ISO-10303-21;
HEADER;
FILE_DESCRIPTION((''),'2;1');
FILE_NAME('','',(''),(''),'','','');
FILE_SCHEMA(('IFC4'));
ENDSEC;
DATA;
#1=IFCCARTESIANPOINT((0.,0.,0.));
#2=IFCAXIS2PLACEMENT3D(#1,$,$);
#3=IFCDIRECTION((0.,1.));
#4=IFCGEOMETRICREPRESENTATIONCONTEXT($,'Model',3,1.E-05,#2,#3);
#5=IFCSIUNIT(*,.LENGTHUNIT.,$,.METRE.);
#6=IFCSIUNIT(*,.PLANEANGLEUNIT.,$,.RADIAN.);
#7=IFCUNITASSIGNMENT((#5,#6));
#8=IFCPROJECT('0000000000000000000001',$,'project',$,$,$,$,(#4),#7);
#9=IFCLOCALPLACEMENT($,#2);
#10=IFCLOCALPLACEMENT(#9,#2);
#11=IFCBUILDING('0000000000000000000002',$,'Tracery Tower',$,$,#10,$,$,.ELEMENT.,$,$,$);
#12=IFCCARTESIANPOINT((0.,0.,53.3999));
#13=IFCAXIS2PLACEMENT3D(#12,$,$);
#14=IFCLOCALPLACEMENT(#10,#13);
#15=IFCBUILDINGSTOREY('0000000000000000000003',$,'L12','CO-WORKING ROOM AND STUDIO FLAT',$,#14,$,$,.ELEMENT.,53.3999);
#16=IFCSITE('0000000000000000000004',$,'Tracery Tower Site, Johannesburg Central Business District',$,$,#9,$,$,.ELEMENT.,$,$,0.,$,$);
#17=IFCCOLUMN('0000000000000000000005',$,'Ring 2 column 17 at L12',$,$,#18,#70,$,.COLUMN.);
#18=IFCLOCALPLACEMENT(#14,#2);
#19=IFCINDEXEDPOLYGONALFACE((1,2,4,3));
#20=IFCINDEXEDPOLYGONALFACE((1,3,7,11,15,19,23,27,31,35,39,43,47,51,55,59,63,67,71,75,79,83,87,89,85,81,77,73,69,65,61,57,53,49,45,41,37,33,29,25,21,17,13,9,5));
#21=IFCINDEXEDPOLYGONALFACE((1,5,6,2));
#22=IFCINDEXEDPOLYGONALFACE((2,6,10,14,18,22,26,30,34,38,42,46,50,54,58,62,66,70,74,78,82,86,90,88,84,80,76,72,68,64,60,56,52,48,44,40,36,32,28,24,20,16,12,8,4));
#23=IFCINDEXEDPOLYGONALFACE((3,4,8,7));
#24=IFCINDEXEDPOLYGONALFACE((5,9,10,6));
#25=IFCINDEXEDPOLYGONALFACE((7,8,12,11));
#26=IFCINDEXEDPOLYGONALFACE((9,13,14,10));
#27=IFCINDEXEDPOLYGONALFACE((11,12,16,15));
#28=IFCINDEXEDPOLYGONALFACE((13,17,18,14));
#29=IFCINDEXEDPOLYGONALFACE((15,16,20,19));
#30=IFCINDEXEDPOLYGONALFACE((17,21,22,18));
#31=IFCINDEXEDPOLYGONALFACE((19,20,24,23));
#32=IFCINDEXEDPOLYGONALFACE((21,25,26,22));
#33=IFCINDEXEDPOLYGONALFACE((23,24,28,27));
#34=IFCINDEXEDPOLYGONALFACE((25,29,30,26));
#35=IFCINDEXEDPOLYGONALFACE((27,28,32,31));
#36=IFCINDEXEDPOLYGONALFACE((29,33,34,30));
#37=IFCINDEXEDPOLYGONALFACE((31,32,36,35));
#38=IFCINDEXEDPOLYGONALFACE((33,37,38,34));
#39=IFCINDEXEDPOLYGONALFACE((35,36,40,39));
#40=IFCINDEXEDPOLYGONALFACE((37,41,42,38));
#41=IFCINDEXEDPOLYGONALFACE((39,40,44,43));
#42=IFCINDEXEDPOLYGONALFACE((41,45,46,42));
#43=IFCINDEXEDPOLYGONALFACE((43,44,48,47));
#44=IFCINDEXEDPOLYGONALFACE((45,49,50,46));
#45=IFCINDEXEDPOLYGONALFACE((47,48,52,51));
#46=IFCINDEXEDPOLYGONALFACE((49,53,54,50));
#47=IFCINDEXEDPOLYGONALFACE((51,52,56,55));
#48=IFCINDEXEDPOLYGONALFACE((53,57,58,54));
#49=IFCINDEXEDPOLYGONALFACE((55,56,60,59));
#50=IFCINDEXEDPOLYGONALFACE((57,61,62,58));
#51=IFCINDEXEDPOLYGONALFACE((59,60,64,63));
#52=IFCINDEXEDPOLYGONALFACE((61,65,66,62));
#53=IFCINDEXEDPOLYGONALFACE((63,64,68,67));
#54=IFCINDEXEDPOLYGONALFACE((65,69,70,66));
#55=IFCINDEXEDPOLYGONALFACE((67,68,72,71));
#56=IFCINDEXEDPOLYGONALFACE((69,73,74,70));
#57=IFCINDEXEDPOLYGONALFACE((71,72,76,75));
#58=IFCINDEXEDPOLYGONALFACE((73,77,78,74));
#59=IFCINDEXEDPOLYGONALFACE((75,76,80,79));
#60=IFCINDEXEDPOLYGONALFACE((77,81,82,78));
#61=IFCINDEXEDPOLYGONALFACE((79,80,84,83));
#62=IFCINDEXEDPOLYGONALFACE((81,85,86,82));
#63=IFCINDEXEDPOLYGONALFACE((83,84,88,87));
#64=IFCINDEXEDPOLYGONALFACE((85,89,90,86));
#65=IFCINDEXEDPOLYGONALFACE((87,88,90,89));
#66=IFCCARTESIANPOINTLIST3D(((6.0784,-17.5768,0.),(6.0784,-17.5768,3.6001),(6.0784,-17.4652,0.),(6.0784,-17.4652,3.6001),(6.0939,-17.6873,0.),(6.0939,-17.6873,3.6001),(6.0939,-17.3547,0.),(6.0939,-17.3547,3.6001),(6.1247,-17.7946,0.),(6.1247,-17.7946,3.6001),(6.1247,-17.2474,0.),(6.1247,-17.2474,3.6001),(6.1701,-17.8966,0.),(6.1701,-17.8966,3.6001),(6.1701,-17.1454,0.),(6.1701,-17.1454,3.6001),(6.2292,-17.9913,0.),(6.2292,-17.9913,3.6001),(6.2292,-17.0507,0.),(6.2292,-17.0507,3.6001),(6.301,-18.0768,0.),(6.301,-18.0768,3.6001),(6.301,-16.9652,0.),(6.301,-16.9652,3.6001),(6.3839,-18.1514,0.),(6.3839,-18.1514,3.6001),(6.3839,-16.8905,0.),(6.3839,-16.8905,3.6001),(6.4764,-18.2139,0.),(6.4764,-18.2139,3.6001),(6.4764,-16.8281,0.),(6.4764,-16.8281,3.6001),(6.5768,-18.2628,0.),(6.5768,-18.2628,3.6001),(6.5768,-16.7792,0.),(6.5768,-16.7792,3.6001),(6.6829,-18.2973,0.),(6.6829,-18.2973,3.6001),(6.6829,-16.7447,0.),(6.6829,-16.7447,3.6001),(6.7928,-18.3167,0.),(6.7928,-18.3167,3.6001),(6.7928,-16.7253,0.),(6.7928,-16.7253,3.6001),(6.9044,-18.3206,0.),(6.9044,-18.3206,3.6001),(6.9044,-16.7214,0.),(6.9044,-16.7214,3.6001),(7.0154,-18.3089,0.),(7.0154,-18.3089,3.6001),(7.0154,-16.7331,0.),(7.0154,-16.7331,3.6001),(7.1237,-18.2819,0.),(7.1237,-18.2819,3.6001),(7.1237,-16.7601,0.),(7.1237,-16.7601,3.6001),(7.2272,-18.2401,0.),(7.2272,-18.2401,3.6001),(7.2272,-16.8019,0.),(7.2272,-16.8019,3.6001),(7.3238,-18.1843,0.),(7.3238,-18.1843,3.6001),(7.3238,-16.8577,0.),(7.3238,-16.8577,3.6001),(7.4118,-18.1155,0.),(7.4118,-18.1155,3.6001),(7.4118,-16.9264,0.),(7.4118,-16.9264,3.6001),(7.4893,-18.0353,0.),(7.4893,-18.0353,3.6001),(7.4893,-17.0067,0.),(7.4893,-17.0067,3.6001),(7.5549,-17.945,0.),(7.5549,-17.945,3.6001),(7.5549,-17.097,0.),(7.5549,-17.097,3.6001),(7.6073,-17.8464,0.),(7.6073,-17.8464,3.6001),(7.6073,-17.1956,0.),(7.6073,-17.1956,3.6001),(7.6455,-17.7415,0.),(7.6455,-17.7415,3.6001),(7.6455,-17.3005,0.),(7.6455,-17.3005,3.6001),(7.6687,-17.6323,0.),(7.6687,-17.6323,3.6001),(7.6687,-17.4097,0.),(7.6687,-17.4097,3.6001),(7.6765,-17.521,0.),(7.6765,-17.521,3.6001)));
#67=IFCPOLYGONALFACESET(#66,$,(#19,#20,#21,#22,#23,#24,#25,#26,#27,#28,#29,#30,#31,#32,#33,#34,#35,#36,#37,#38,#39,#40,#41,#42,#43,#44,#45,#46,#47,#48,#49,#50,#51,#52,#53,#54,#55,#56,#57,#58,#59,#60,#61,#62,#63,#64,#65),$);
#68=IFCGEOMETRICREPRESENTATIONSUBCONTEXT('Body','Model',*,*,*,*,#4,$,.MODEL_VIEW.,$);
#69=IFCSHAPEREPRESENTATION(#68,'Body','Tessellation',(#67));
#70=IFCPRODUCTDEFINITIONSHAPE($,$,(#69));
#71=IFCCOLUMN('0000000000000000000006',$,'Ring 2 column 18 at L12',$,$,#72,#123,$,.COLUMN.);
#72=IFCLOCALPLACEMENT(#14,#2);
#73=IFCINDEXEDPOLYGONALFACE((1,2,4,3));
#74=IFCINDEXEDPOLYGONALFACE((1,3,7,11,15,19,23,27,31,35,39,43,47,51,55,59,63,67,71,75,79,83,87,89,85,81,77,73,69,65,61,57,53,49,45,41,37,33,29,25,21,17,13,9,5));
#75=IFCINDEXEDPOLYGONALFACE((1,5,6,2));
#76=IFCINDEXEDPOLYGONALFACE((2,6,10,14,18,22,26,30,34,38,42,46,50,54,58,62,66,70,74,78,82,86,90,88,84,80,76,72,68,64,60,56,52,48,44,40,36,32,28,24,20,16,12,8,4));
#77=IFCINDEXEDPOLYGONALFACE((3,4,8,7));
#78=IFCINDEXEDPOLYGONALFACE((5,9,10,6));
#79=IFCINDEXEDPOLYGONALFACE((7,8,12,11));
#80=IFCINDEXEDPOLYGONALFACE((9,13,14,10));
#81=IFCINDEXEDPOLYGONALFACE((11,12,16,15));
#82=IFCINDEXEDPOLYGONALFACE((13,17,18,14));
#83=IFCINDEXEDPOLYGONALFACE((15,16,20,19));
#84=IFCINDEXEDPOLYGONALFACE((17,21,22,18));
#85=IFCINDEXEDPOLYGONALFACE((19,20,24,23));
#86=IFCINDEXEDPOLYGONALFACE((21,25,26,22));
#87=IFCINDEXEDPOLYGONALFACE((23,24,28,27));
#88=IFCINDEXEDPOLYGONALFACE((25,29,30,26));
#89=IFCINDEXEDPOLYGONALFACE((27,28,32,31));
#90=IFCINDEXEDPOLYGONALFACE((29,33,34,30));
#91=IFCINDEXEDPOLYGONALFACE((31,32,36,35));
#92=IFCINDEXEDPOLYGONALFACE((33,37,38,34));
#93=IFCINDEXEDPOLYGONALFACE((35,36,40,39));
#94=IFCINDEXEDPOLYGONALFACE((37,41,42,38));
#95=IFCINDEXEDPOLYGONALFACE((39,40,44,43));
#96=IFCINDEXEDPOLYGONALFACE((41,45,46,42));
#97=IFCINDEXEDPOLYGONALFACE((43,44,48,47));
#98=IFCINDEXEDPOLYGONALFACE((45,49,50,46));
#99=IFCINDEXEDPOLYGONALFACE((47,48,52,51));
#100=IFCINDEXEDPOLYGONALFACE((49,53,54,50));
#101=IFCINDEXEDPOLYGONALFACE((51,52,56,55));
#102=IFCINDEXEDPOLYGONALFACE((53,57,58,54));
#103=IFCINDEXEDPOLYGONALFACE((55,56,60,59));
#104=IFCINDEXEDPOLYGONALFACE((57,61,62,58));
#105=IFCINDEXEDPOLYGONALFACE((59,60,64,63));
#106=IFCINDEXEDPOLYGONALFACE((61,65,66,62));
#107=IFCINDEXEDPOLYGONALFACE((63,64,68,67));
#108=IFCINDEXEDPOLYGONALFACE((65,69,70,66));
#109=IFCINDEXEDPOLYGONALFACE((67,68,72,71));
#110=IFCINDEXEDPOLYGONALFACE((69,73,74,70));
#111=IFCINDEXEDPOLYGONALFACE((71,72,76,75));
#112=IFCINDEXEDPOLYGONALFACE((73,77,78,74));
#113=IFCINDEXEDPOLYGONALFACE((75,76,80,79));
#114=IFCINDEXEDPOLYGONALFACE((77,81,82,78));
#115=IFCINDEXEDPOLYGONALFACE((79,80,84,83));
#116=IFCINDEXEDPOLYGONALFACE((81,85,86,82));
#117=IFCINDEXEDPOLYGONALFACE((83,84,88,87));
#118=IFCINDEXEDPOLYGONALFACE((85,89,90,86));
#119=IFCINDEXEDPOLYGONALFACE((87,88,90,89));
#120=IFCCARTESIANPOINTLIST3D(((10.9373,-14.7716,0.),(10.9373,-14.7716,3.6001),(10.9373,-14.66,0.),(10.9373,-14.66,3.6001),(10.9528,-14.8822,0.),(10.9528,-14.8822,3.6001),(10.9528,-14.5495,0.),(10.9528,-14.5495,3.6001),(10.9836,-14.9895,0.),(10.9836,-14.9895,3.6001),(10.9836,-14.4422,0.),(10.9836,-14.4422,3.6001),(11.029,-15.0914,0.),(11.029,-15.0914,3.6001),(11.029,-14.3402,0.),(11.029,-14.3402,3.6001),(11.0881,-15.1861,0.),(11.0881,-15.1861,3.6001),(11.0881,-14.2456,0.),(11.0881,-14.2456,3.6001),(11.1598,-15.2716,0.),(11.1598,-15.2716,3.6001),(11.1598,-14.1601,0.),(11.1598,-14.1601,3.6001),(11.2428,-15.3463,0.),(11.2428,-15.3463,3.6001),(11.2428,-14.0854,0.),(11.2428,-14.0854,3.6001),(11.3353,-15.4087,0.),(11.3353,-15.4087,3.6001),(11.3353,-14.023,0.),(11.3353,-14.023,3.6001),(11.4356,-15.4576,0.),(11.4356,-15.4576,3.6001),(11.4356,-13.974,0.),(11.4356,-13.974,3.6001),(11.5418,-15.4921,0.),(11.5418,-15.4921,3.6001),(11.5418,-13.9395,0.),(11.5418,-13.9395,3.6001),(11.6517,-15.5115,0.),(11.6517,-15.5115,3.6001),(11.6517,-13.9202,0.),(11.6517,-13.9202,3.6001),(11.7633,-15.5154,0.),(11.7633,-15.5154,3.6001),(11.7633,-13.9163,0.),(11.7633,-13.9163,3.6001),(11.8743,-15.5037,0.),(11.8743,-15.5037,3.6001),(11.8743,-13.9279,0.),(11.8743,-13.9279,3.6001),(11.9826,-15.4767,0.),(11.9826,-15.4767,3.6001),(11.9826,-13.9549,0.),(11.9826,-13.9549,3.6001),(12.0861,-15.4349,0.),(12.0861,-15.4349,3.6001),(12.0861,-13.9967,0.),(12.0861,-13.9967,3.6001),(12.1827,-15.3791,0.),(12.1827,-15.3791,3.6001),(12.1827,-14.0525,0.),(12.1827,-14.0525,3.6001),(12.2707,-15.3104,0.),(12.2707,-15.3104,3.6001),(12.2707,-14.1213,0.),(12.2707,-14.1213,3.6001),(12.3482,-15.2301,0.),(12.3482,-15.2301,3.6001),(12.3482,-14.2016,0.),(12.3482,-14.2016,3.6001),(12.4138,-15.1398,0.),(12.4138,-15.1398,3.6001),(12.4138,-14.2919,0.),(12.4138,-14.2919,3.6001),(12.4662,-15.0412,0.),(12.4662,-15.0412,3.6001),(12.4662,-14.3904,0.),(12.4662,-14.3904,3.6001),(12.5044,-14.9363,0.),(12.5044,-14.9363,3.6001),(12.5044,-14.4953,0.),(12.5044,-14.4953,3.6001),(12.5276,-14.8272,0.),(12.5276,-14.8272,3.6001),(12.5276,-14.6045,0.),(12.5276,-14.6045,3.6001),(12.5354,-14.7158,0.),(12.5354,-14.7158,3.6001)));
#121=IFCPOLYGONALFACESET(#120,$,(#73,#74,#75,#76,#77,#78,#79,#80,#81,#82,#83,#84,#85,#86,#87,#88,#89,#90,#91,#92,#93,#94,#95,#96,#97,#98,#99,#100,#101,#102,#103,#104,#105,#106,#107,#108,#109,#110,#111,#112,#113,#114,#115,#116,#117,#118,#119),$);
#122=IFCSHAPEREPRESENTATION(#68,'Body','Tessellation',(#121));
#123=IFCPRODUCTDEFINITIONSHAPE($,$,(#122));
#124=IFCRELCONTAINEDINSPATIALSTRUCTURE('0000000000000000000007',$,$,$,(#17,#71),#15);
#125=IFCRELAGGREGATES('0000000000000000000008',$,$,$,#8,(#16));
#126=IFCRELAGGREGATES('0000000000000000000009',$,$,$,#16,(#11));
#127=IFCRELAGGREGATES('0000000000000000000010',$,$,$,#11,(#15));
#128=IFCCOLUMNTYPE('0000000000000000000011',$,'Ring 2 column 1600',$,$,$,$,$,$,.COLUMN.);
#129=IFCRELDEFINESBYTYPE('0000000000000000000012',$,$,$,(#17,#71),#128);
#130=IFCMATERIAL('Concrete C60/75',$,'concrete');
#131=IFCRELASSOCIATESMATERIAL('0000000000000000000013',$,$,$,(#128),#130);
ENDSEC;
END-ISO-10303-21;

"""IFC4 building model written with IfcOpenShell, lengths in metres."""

from ifc_helpers import new_model, si_unit, direction, frame, origin, origin_2d, place, context, subcontext, project, spatial, circle, extrude, material, material_profile, profile_set, type_object, element, save


model = new_model("IFC4")

# Units and contexts
model_context = context("Model", 3, precision=1e-05, world=origin(), true_north=direction((0.0, 1.0)))
body_context = subcontext(model_context, "Body", "Model", "MODEL_VIEW")
ifc_project = project(units=[si_unit("LENGTHUNIT", "METRE"), si_unit("PLANEANGLEUNIT", "RADIAN")], contexts=[model_context])

# Site, building, storey
site_placement = place(None, origin())
site = spatial("IfcSite", under=ifc_project, at=site_placement, Name="Tracery Tower Site, Johannesburg Central Business District", CompositionType="ELEMENT", RefElevation=0.0)
building_placement = place(site_placement, origin())
building = spatial("IfcBuilding", under=site, at=building_placement, Name="Tracery Tower", CompositionType="ELEMENT")
storey_placement = place(building_placement, frame((0.0, 0.0, 53.3999)))
storey = spatial("IfcBuildingStorey", under=building, at=storey_placement, Name="L12", Description="CO-WORKING ROOM AND STUDIO FLAT", CompositionType="ELEMENT", Elevation=53.3999)

# Columns
ifc_material_1 = material(Name="Concrete C60/75", Category="concrete")
ifc_material_profile = material_profile(ifc_material_1, circle(Radius=0.8, at=origin_2d()), Name="RC D1600")
ifc_profile_set = profile_set([ifc_material_profile], Name="Concrete C60/75")
column_type = type_object("IfcColumnType", Name="Ring 2 column 1600", PredefinedType="COLUMN", material=ifc_profile_set)
for number, where, z_axis, x_axis, name in (
    (1, (6.8765, -17.521, 0.0), (0.0, 0.0, 1.0), (1.0, 0.0, 0.0), "Ring 2 column 17 at L12"),
    (2, (11.7354, -14.7158, 0.0), (0.0, 0.0, 1.0), (1.0, 0.0, 0.0), "Ring 2 column 18 at L12"),
):
    element("IfcColumn", number, at=place(storey_placement, frame(where, z_axis=z_axis, x_axis=x_axis)), inside=storey, type_object=column_type, Name=name, PredefinedType="COLUMN", context=body_context, shape_type="SweptSolid", body=[
        extrude(circle(Radius=0.8, at=origin_2d()), origin(), (0.0, 0.0, 1.0), 3.6001),
    ])

save(model, "model.ifc")
